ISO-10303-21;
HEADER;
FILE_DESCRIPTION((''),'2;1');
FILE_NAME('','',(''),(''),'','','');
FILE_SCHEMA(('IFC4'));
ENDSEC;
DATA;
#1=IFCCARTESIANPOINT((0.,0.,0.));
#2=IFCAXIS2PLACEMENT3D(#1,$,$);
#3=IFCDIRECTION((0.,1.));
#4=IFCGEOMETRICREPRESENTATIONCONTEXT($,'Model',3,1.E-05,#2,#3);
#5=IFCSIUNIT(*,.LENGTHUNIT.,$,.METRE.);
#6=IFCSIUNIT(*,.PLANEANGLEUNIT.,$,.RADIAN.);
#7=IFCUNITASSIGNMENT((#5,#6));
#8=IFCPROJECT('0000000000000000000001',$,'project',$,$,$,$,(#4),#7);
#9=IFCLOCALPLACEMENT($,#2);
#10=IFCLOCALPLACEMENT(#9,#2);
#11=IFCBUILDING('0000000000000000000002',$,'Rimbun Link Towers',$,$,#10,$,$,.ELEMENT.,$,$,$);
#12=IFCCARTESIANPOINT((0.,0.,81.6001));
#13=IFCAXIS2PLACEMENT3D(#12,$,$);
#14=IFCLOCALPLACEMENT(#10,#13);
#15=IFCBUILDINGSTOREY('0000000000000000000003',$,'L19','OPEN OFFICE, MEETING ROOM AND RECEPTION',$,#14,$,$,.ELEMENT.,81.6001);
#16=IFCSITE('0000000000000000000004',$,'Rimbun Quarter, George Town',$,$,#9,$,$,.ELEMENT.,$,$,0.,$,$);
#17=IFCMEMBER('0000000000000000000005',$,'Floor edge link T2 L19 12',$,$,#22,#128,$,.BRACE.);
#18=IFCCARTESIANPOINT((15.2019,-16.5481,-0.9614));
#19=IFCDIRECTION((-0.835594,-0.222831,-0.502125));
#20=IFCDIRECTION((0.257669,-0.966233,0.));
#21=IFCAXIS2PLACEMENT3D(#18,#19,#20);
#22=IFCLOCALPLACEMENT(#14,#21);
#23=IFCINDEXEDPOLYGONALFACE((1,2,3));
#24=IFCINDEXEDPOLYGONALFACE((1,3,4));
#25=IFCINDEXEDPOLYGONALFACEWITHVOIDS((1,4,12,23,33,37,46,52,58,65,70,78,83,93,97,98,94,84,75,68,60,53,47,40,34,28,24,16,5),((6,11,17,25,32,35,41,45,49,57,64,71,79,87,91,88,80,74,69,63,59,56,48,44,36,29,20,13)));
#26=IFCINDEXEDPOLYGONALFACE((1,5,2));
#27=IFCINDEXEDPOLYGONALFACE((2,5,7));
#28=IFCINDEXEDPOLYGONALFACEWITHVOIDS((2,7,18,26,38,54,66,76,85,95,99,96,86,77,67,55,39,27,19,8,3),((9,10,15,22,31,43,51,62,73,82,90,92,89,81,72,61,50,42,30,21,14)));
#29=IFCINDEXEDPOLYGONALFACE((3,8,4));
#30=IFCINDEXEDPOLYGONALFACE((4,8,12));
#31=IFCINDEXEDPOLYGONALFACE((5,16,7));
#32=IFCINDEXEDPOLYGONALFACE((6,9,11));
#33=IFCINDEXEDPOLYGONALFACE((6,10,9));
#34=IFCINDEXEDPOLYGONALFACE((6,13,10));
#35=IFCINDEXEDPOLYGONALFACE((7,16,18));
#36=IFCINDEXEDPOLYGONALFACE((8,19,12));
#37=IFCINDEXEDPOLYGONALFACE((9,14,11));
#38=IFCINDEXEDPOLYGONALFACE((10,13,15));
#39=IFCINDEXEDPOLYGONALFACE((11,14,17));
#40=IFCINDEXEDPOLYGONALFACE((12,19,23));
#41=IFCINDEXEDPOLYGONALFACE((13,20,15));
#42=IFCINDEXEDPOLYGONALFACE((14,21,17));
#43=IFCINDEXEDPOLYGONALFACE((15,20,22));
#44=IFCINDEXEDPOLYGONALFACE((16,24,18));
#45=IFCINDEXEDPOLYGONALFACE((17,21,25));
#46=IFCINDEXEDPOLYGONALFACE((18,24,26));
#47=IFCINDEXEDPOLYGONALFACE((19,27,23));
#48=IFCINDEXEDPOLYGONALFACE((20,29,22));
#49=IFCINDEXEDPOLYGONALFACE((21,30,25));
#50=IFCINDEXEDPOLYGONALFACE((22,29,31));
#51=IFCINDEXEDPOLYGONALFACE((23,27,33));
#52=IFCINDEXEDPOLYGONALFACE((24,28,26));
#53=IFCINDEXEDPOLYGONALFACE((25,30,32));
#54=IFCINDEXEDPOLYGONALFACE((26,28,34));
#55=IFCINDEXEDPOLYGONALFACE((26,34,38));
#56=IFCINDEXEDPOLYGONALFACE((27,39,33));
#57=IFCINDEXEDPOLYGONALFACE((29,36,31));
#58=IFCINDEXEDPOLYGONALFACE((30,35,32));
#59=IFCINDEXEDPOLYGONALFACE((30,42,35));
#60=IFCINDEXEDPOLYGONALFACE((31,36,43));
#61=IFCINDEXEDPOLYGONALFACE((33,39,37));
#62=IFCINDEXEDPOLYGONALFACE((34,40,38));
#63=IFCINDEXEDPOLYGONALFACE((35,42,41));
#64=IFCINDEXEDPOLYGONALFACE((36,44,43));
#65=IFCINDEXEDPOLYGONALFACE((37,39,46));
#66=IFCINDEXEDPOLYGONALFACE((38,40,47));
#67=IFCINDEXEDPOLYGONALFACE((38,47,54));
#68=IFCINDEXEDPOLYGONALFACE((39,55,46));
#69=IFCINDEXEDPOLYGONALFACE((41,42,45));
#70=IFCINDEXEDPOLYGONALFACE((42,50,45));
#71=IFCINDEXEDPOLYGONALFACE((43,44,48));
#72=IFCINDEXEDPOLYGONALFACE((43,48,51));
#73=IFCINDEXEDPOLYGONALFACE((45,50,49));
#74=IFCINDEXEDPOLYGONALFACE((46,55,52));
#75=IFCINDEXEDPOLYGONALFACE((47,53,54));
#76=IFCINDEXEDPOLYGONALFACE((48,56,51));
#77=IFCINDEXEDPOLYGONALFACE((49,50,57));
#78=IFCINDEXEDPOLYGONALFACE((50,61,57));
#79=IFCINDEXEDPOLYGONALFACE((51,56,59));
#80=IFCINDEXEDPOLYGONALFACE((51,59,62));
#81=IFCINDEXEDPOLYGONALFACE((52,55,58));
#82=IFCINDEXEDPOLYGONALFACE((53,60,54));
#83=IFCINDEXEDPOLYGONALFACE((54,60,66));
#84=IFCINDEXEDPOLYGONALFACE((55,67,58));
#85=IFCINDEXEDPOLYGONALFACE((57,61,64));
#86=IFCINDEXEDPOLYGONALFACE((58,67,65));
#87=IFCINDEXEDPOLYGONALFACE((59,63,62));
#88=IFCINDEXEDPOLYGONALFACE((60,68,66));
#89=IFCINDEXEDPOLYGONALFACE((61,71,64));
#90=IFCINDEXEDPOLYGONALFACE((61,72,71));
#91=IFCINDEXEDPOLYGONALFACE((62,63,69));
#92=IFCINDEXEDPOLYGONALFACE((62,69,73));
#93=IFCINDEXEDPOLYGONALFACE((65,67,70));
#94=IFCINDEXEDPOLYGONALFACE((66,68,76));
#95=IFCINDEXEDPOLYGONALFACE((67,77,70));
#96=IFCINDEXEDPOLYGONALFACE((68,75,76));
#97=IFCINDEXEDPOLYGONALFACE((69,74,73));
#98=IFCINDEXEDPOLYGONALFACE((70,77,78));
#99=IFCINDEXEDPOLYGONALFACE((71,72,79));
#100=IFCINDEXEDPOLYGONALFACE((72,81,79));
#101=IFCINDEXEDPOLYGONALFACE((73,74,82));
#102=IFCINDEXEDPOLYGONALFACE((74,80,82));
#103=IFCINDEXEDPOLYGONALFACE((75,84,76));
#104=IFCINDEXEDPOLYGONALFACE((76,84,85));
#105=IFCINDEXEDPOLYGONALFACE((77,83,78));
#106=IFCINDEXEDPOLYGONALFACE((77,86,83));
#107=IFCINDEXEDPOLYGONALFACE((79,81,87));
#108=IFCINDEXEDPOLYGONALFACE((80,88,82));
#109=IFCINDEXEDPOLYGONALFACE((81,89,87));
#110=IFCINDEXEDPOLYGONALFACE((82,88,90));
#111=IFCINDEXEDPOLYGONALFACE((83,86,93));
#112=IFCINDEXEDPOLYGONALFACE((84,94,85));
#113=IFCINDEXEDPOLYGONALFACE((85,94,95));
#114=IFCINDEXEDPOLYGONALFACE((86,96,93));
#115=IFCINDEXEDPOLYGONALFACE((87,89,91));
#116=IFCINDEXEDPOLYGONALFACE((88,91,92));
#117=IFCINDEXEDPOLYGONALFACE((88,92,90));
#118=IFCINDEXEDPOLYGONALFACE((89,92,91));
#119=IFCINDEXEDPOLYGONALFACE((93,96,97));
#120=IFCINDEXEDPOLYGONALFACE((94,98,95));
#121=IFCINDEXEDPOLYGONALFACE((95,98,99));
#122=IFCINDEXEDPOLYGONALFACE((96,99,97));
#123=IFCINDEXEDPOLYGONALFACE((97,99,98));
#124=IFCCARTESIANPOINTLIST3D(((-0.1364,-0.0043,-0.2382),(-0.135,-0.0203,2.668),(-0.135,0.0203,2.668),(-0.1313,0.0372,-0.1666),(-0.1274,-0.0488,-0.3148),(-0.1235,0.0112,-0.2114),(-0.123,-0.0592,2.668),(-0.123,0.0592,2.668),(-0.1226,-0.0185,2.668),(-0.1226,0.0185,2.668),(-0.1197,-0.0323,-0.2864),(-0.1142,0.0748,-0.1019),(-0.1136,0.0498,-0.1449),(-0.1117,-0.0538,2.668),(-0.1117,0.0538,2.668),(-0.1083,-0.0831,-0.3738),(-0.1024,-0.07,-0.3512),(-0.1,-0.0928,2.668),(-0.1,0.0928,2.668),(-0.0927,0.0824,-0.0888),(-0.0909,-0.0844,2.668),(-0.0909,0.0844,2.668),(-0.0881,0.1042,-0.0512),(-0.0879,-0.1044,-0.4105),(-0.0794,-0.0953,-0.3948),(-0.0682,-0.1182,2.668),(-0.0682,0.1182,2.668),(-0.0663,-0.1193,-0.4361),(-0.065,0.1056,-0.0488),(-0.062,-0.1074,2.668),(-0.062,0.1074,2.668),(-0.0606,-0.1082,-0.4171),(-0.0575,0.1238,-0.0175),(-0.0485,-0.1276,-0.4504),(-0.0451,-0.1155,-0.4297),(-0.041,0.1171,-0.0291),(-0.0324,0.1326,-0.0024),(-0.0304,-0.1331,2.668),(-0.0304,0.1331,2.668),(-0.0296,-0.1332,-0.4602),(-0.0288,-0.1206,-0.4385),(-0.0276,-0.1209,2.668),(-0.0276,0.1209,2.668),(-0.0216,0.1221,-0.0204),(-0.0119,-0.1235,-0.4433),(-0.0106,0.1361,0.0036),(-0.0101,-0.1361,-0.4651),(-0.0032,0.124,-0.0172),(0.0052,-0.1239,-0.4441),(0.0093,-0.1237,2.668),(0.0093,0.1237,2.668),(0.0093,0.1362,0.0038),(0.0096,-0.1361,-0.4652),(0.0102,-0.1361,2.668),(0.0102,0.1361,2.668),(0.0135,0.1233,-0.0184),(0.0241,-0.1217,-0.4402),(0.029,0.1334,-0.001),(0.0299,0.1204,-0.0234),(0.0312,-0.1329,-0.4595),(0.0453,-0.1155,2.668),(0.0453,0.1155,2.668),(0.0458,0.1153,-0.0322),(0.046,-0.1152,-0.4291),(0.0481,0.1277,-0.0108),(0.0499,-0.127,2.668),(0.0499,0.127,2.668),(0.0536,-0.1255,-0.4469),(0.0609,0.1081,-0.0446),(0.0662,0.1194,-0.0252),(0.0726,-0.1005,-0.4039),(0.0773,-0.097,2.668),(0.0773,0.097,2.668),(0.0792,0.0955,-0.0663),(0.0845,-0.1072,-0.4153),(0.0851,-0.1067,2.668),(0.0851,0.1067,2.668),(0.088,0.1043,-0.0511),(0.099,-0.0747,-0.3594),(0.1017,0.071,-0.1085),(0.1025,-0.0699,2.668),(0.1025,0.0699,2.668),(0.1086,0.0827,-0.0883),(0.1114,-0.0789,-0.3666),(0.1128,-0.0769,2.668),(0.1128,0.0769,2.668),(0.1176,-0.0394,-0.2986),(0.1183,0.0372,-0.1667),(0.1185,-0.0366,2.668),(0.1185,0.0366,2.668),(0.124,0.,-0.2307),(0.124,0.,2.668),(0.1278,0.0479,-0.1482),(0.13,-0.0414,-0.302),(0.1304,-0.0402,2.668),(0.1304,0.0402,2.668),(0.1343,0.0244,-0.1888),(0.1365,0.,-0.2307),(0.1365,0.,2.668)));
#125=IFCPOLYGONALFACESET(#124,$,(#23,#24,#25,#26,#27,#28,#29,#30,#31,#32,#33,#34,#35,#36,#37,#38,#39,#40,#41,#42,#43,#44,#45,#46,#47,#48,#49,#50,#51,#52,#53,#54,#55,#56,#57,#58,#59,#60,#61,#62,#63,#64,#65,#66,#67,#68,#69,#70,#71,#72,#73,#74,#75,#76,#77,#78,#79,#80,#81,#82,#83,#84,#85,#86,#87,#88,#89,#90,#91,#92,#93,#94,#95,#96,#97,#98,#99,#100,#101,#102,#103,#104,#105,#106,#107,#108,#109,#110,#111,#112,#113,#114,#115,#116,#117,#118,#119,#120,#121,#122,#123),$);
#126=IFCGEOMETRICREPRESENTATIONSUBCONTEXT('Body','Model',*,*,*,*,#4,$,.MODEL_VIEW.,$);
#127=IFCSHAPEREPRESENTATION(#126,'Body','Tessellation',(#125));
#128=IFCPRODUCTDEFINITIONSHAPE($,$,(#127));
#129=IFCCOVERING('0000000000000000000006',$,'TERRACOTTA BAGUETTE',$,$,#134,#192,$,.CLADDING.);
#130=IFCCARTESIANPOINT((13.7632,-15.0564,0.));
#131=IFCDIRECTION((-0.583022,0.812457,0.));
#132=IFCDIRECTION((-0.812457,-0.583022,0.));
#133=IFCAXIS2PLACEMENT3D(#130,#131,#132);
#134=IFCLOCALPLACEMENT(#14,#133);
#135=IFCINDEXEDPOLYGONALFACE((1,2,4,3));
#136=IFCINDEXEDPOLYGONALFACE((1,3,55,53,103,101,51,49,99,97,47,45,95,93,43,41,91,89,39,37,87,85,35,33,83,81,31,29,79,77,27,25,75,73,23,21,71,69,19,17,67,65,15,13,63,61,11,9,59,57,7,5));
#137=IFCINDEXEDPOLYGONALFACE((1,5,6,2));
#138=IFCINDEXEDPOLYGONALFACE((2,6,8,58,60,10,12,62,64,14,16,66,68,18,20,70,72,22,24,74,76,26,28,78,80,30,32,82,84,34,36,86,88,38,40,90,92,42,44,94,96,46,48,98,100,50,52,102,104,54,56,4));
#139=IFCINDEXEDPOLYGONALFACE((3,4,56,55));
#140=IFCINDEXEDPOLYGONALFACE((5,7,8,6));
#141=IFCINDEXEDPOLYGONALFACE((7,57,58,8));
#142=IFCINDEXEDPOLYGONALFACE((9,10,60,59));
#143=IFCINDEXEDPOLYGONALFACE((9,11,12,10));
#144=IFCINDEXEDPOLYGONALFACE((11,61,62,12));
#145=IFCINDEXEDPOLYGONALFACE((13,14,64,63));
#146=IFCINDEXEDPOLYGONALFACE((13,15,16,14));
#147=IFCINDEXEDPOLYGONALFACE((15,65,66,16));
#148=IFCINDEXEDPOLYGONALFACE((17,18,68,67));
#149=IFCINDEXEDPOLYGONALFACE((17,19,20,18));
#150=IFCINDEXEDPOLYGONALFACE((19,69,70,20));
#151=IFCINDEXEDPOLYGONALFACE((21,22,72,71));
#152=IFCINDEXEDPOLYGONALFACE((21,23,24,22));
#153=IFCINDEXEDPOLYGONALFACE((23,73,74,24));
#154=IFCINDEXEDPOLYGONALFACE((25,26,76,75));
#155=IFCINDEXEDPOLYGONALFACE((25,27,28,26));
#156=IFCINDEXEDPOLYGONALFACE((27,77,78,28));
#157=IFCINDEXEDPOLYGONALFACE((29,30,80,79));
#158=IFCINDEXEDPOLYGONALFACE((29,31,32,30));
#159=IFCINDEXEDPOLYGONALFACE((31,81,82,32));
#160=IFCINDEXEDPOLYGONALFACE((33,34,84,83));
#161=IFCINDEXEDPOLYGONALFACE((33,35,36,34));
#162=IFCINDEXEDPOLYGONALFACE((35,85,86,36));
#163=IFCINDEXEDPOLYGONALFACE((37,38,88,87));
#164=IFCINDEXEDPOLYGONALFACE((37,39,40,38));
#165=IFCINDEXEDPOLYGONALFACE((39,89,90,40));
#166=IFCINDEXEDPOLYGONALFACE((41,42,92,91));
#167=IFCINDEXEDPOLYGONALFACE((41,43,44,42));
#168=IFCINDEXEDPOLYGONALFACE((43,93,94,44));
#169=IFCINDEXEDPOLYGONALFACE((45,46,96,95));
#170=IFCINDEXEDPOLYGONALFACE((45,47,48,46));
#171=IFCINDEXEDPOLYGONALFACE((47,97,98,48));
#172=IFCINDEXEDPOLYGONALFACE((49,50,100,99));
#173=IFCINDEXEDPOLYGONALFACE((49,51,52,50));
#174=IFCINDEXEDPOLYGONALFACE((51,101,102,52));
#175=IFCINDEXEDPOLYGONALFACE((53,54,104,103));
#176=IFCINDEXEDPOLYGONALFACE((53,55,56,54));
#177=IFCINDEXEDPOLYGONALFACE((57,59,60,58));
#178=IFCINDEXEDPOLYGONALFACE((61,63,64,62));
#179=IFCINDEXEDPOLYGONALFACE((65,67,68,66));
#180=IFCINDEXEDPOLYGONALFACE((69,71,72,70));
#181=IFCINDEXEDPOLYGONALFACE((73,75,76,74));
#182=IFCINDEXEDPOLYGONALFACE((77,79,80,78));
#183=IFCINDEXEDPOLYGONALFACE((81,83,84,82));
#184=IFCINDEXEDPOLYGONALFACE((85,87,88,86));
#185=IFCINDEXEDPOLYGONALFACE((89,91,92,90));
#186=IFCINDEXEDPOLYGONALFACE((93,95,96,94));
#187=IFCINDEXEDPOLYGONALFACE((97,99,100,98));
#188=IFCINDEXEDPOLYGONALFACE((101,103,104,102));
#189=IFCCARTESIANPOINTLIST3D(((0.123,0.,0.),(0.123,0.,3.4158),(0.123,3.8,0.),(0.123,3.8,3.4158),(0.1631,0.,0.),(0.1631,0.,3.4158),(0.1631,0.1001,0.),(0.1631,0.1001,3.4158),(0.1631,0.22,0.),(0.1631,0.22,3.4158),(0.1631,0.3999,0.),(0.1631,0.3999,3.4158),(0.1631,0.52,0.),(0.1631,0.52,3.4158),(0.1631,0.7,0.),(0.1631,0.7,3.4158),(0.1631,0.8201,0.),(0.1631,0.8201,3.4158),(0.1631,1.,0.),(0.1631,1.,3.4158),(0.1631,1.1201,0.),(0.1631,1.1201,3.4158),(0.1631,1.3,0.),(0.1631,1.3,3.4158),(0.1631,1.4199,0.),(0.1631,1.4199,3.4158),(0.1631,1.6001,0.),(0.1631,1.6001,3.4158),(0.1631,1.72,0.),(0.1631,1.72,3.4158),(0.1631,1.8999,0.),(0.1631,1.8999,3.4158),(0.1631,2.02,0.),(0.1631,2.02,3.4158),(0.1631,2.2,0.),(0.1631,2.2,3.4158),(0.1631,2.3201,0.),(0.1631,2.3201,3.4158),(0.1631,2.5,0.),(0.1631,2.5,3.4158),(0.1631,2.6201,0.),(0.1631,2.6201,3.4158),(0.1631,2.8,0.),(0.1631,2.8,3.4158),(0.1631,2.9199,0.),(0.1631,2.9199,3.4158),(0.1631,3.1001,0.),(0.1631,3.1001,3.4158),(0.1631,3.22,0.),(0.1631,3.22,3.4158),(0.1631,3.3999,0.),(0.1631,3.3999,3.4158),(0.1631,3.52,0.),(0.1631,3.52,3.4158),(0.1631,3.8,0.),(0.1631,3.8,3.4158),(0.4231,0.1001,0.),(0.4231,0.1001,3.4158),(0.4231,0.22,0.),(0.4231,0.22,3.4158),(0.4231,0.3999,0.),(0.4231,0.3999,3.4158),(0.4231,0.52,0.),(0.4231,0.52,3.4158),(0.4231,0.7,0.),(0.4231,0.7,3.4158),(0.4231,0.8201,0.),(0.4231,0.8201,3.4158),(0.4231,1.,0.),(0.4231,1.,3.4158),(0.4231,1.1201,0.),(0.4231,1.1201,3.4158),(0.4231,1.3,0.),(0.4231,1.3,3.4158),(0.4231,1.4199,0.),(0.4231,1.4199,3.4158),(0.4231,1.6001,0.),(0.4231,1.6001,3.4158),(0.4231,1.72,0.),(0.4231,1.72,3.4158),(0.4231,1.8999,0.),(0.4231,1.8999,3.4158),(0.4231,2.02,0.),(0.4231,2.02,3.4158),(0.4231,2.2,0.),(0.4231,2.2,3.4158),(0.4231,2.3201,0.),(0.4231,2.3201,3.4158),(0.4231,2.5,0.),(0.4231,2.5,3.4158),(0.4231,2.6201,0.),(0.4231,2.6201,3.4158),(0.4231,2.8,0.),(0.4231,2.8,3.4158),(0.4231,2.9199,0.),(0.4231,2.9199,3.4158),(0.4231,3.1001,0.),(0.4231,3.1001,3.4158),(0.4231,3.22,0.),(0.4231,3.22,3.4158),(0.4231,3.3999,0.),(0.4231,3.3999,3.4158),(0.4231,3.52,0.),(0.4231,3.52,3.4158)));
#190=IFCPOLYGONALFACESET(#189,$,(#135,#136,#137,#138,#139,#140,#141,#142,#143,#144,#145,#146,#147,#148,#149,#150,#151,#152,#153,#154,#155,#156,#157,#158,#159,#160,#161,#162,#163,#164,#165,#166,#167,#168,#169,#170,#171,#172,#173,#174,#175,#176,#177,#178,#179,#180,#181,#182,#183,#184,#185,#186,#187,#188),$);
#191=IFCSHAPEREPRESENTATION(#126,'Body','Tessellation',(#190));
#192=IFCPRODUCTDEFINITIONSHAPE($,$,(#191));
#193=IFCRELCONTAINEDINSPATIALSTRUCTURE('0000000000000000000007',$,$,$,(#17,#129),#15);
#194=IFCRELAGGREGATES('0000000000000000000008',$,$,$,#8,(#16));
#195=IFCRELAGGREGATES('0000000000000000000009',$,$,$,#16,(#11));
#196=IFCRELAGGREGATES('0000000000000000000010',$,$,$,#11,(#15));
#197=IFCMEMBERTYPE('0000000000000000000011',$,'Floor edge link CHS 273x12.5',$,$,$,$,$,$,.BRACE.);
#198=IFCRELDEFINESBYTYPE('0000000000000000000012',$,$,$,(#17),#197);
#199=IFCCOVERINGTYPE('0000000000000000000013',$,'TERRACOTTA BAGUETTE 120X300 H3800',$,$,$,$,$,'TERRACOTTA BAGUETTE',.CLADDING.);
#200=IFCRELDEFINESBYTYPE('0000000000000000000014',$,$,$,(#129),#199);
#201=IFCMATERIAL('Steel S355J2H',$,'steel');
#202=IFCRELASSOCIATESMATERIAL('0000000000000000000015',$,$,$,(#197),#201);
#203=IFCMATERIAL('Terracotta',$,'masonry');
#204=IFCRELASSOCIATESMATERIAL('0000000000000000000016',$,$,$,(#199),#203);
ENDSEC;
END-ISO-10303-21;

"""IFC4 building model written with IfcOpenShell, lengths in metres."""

from ifc_helpers import new_model, si_unit, direction, frame, origin, origin_2d, place, context, subcontext, project, spatial, polyline, hollow_circle, outline, extrude, clip, halfspace, material, material_profile, profile_set, type_object, element, save


model = new_model("IFC4")

# Units and contexts
model_context = context("Model", 3, precision=1e-05, world=origin(), true_north=direction((0.0, 1.0)))
body_context = subcontext(model_context, "Body", "Model", "MODEL_VIEW")
ifc_project = project(units=[si_unit("LENGTHUNIT", "METRE"), si_unit("PLANEANGLEUNIT", "RADIAN")], contexts=[model_context])

# Site, building, storey
site_placement = place(None, origin())
site = spatial("IfcSite", under=ifc_project, at=site_placement, Name="Rimbun Quarter, George Town", CompositionType="ELEMENT", RefElevation=0.0)
building_placement = place(site_placement, origin())
building = spatial("IfcBuilding", under=site, at=building_placement, Name="Rimbun Link Towers", CompositionType="ELEMENT")
storey_placement = place(building_placement, frame((0.0, 0.0, 81.6001)))
storey = spatial("IfcBuildingStorey", under=building, at=storey_placement, Name="L19", Description="OPEN OFFICE, MEETING ROOM AND RECEPTION", CompositionType="ELEMENT", Elevation=81.6001)

# Member
ifc_material_1 = material(Name="Steel S355J2H", Category="steel")
ifc_material_profile_1 = material_profile(ifc_material_1, hollow_circle(Radius=0.1365, WallThickness=0.0125, at=origin_2d()), Name="CHS 273x12.5")
ifc_profile_set_1 = profile_set([ifc_material_profile_1], Name="Steel S355J2H")
member_type_1 = type_object("IfcMemberType", Name="Floor edge link CHS 273x12.5", PredefinedType="BRACE", material=ifc_profile_set_1)
member_1_placement = place(storey_placement, frame((15.2019, -16.5481, -0.9614), z_axis=(-0.835594, -0.222831, -0.502125), x_axis=(0.257669, -0.966233, 0.0)))
element("IfcMember", 1, at=member_1_placement, inside=storey, type_object=member_type_1, Name="Floor edge link T2 L19 12", PredefinedType="BRACE", context=body_context, shape_type="Clipping", body=[
    clip(extrude(hollow_circle(Radius=0.1365, WallThickness=0.0125, at=origin_2d()), frame((0.0, 0.0, -0.49)), (0.0, 0.0, 1.0), 3.158), halfspace(frame((0.0, 0.0, -0.2307), z_axis=(0.0, 0.864795, -0.502125)), False)),
])

# Covering
ifc_material_2 = material(Name="Terracotta", Category="masonry")
ifc_material_profile_2 = material_profile(ifc_material_2, outline(polyline([(0.123, 0.0), (0.1631, 0.0), (0.1631, 0.1001), (0.4231, 0.1001), (0.4231, 0.22), (0.1631, 0.22), (0.1631, 0.3999), (0.4231, 0.3999), (0.4231, 0.52), (0.1631, 0.52), (0.1631, 0.7), (0.4231, 0.7), (0.4231, 0.8201), (0.1631, 0.8201), (0.1631, 1.0), (0.4231, 1.0), (0.4231, 1.1201), (0.1631, 1.1201), (0.1631, 1.3), (0.4231, 1.3), (0.4231, 1.4199), (0.1631, 1.4199), (0.1631, 1.6001), (0.4231, 1.6001), (0.4231, 1.72), (0.1631, 1.72), (0.1631, 1.8999), (0.4231, 1.8999), (0.4231, 2.02), (0.1631, 2.02), (0.1631, 2.2), (0.4231, 2.2), (0.4231, 2.3201), (0.1631, 2.3201), (0.1631, 2.5), (0.4231, 2.5), (0.4231, 2.6201), (0.1631, 2.6201), (0.1631, 2.8), (0.4231, 2.8), (0.4231, 2.9199), (0.1631, 2.9199), (0.1631, 3.1001), (0.4231, 3.1001), (0.4231, 3.22), (0.1631, 3.22), (0.1631, 3.3999), (0.4231, 3.3999), (0.4231, 3.52), (0.1631, 3.52), (0.1631, 3.8), (0.123, 3.8), (0.123, 0.0)])), Name="BAGUETTE 120X300")
ifc_profile_set_2 = profile_set([ifc_material_profile_2], Name="Terracotta")
covering_type = type_object("IfcCoveringType", Name="TERRACOTTA BAGUETTE 120X300 H3800", ElementType="TERRACOTTA BAGUETTE", PredefinedType="CLADDING", material=ifc_profile_set_2)
covering_1_placement = place(storey_placement, frame((13.7632, -15.0564, 0.0), z_axis=(-0.583022, 0.812457, 0.0), x_axis=(-0.812457, -0.583022, 0.0)))
element("IfcCovering", 2, at=covering_1_placement, inside=storey, type_object=covering_type, Name="TERRACOTTA BAGUETTE", PredefinedType="CLADDING", context=body_context, shape_type="SweptSolid", body=[
    extrude(outline(polyline([(0.123, 0.0), (0.1631, 0.0), (0.1631, 0.1001), (0.4231, 0.1001), (0.4231, 0.22), (0.1631, 0.22), (0.1631, 0.3999), (0.4231, 0.3999), (0.4231, 0.52), (0.1631, 0.52), (0.1631, 0.7), (0.4231, 0.7), (0.4231, 0.8201), (0.1631, 0.8201), (0.1631, 1.0), (0.4231, 1.0), (0.4231, 1.1201), (0.1631, 1.1201), (0.1631, 1.3), (0.4231, 1.3), (0.4231, 1.4199), (0.1631, 1.4199), (0.1631, 1.6001), (0.4231, 1.6001), (0.4231, 1.72), (0.1631, 1.72), (0.1631, 1.8999), (0.4231, 1.8999), (0.4231, 2.02), (0.1631, 2.02), (0.1631, 2.2), (0.4231, 2.2), (0.4231, 2.3201), (0.1631, 2.3201), (0.1631, 2.5), (0.4231, 2.5), (0.4231, 2.6201), (0.1631, 2.6201), (0.1631, 2.8), (0.4231, 2.8), (0.4231, 2.9199), (0.1631, 2.9199), (0.1631, 3.1001), (0.4231, 3.1001), (0.4231, 3.22), (0.1631, 3.22), (0.1631, 3.3999), (0.4231, 3.3999), (0.4231, 3.52), (0.1631, 3.52), (0.1631, 3.8), (0.123, 3.8), (0.123, 0.0)])), origin(), (0.0, 0.0, 1.0), 3.4158),
])

save(model, "model.ifc")
